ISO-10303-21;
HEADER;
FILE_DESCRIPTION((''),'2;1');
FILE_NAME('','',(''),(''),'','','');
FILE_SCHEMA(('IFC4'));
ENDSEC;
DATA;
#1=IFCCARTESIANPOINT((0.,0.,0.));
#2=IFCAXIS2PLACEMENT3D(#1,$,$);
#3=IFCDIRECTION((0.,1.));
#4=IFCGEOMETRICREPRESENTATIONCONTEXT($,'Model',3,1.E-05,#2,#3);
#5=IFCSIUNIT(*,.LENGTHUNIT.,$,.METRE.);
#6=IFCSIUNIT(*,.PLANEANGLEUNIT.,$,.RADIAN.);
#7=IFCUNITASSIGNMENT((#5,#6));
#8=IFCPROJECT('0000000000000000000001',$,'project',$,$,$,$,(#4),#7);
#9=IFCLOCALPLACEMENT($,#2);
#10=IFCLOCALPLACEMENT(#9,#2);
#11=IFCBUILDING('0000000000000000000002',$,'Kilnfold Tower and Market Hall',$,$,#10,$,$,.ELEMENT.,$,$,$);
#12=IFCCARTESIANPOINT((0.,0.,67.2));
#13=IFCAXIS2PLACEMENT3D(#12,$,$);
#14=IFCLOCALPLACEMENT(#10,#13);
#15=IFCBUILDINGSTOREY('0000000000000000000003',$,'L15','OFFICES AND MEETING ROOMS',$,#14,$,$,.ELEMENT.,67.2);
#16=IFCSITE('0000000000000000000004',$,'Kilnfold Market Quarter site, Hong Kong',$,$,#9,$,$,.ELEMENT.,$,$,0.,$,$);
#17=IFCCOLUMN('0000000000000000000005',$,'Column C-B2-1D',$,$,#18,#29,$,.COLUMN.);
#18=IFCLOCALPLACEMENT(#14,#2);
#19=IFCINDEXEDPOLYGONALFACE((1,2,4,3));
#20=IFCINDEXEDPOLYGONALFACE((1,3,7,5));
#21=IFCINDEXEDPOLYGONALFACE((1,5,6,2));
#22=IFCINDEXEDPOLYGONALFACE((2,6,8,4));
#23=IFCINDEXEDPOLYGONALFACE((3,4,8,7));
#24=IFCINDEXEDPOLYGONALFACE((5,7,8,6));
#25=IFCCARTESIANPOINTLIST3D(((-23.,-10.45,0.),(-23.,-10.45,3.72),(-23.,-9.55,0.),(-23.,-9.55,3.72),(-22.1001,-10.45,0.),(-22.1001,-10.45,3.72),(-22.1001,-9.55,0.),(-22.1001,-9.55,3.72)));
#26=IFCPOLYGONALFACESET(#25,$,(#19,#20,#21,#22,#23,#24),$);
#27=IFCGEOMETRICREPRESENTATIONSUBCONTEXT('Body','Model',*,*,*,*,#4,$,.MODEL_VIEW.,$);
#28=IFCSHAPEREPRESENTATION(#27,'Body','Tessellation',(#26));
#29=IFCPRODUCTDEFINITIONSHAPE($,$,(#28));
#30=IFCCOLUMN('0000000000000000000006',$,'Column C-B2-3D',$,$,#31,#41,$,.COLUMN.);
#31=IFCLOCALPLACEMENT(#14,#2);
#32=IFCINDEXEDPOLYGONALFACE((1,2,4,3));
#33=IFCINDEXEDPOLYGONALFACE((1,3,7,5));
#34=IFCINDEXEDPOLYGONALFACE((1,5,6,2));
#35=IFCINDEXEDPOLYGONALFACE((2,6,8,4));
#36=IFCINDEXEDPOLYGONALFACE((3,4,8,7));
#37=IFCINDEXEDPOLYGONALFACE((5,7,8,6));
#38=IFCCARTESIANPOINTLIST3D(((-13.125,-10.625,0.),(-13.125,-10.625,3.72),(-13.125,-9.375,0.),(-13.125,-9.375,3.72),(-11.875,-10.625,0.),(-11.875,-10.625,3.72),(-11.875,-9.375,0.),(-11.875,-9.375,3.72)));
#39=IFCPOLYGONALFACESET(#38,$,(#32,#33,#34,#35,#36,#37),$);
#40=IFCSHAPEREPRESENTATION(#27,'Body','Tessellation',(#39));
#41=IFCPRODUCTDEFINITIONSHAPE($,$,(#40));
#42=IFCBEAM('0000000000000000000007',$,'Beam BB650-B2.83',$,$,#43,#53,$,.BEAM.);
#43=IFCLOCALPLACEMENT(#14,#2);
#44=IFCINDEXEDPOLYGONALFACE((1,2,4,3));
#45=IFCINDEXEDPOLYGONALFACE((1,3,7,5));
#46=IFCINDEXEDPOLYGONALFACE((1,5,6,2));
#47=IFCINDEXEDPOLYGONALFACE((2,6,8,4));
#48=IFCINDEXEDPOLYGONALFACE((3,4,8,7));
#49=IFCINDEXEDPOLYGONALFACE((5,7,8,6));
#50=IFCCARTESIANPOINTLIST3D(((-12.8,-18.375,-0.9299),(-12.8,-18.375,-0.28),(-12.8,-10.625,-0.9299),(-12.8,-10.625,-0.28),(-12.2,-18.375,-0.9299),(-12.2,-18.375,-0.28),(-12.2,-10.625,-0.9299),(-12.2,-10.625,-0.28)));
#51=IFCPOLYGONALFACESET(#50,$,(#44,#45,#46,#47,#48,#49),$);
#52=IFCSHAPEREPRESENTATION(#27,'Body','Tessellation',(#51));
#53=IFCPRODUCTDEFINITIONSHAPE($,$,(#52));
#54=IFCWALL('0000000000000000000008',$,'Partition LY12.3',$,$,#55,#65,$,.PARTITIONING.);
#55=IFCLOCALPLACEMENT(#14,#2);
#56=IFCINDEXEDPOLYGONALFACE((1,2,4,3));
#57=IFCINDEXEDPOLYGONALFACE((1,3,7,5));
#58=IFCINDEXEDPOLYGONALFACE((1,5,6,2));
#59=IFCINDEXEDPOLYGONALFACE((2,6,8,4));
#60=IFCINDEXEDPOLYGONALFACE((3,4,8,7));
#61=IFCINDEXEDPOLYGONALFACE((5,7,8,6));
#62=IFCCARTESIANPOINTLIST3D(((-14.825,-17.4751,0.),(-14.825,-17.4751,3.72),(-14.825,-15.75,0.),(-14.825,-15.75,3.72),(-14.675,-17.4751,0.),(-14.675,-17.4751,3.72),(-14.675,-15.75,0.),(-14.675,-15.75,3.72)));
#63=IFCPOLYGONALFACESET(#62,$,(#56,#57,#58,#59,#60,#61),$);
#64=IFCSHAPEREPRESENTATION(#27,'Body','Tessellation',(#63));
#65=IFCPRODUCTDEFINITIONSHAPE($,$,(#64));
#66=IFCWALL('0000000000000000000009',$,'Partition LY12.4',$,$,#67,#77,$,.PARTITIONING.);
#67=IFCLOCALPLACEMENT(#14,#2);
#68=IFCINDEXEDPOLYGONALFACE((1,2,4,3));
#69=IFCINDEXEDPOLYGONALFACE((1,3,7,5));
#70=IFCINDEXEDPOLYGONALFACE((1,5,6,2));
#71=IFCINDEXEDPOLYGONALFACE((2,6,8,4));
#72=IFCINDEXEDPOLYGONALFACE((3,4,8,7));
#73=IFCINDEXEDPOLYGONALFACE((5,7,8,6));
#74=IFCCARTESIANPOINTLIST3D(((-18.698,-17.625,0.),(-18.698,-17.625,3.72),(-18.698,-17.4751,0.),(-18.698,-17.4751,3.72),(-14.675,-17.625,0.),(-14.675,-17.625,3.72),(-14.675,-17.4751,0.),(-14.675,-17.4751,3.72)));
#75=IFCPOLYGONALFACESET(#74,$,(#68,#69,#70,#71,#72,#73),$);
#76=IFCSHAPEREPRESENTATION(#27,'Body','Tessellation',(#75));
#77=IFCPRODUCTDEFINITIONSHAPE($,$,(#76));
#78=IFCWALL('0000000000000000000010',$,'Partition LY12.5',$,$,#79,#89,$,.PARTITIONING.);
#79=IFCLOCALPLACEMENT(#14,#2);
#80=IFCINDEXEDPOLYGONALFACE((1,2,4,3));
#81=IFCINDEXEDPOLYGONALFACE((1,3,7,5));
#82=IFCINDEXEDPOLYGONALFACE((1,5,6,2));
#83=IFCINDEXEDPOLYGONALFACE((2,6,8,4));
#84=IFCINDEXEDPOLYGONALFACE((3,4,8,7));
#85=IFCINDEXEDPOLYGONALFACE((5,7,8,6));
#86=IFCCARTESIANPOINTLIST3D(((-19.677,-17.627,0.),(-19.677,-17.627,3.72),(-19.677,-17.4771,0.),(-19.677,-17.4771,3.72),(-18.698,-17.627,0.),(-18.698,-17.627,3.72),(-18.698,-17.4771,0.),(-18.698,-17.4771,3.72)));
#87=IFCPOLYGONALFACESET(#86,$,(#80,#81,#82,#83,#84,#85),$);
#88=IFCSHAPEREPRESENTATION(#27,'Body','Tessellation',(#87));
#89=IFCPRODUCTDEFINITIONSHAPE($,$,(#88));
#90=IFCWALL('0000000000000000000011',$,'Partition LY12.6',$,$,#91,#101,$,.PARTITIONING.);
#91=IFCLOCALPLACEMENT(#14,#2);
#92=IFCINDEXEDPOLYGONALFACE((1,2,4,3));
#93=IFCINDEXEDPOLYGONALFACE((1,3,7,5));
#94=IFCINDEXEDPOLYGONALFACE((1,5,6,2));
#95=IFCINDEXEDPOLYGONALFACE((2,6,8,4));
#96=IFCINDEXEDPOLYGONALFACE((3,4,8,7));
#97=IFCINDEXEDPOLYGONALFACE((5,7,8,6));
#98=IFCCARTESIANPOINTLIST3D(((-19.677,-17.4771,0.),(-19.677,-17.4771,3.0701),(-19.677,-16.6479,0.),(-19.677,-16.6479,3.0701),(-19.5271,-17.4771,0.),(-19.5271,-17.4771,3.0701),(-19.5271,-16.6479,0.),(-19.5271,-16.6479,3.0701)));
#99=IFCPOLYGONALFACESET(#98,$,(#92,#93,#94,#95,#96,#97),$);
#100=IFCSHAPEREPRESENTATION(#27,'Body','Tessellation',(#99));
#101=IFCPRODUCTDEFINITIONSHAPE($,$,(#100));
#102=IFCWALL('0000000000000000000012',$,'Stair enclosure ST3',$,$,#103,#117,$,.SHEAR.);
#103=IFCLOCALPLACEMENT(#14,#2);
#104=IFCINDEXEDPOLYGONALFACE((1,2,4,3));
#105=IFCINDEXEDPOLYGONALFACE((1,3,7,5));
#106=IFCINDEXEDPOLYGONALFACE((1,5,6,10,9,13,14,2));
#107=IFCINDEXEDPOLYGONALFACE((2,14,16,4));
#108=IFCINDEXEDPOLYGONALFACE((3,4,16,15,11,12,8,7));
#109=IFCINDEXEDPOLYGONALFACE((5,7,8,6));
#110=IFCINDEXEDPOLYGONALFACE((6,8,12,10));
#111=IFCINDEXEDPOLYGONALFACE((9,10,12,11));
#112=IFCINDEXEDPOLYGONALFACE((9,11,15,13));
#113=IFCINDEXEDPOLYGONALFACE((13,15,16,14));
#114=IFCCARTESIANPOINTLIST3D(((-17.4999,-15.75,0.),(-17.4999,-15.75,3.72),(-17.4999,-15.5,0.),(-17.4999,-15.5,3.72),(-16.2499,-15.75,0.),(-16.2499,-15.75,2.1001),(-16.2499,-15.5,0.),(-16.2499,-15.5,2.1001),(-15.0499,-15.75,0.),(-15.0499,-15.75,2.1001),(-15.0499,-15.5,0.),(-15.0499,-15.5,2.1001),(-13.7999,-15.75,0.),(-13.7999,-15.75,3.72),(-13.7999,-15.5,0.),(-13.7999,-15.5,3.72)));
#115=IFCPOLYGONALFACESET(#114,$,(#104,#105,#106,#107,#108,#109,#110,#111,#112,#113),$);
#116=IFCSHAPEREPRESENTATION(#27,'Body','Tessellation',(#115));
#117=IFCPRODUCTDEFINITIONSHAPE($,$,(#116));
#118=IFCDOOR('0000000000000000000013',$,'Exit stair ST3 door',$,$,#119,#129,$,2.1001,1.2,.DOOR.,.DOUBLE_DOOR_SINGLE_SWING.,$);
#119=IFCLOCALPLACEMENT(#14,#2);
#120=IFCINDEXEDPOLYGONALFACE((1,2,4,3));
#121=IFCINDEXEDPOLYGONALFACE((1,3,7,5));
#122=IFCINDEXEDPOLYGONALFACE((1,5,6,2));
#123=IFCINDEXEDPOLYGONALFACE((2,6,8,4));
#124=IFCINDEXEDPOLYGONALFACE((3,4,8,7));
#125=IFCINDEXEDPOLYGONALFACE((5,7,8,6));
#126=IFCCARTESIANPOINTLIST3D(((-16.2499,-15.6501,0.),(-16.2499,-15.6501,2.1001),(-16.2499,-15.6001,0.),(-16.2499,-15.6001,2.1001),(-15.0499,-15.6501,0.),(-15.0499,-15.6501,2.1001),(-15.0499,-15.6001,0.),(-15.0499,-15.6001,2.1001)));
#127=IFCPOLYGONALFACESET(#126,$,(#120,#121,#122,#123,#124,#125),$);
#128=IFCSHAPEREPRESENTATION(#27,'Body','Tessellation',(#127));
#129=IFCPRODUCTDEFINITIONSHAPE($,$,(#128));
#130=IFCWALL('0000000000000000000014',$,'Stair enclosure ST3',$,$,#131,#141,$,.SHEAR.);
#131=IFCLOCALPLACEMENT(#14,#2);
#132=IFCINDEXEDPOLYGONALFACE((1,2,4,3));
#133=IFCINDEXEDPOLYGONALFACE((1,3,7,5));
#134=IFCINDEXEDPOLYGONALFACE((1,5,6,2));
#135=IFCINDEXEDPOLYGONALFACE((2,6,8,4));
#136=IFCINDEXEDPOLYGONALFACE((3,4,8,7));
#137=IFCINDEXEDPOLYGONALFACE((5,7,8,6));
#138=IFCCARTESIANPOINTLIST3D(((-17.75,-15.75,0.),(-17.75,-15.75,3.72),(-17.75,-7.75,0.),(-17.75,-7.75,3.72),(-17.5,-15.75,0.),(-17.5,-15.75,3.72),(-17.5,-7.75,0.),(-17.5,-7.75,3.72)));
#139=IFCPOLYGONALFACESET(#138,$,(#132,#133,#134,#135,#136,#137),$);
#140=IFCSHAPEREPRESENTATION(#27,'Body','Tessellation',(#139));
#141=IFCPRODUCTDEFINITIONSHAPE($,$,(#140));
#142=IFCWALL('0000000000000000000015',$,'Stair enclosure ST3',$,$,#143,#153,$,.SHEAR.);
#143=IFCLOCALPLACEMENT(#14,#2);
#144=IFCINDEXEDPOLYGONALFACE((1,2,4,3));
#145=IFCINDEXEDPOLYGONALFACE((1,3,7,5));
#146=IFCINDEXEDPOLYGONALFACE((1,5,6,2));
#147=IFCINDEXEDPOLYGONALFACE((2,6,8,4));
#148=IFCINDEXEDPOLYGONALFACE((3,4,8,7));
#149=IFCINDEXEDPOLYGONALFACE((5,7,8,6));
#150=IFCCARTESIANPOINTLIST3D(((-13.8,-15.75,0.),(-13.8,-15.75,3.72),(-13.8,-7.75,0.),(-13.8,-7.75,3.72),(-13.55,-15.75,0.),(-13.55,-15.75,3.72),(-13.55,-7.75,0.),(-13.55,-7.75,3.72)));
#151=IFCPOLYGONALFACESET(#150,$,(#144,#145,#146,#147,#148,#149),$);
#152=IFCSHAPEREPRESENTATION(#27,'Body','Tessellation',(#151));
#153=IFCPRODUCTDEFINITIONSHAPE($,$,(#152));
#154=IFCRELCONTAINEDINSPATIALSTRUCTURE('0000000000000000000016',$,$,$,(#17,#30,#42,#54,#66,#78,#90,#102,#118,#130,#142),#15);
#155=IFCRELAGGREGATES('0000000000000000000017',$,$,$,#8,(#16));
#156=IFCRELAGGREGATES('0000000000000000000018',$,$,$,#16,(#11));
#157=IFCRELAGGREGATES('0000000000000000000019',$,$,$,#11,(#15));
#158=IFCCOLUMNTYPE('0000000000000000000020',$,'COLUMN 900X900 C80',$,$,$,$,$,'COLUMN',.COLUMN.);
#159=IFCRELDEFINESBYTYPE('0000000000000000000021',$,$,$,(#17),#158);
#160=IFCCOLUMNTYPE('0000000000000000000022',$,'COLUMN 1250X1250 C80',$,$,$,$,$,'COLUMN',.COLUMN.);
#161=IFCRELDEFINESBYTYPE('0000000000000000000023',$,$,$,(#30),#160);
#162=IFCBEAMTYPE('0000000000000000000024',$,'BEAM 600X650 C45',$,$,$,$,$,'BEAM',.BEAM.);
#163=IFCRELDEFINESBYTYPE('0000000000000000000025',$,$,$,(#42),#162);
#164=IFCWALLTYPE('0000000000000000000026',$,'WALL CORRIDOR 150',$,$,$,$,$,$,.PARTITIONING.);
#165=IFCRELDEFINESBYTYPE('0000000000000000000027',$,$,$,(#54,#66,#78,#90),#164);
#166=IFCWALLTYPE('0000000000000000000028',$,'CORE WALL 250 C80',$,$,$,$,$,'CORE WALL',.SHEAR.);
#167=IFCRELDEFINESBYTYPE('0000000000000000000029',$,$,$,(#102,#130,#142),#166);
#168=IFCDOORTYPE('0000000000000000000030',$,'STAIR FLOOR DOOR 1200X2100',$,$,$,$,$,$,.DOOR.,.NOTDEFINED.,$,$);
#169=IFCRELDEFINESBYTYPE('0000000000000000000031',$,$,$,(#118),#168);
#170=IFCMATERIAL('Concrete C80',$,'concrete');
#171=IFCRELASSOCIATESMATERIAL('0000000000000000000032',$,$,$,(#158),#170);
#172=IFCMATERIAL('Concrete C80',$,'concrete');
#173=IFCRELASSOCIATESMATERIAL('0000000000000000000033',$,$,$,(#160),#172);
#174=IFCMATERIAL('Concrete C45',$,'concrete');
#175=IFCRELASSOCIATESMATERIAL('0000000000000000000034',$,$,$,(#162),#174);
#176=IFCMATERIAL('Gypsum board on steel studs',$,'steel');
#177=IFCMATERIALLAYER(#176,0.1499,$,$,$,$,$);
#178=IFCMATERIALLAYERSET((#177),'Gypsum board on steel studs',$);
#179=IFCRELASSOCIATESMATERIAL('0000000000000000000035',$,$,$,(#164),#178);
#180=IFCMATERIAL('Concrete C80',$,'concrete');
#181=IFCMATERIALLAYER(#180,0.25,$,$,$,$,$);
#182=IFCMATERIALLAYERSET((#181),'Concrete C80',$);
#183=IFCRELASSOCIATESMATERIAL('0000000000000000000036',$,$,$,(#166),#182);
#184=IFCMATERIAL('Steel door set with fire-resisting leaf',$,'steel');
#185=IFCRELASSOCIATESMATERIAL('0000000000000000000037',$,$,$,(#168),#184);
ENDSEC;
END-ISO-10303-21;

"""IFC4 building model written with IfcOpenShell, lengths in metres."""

from ifc_helpers import new_model, si_unit, direction, frame, frame_2d, origin, origin_2d, place, context, subcontext, project, spatial, rectangle, extrude, source, transform, mapped, material, layer, layer_set, material_profile, profile_set, type_object, element, fill, save


model = new_model("IFC4")

# Units and contexts
model_context = context("Model", 3, precision=1e-05, world=origin(), true_north=direction((0.0, 1.0)))
body_context = subcontext(model_context, "Body", "Model", "MODEL_VIEW")
ifc_project = project(units=[si_unit("LENGTHUNIT", "METRE"), si_unit("PLANEANGLEUNIT", "RADIAN")], contexts=[model_context])

# Site, building, storey
site_placement = place(None, origin())
site = spatial("IfcSite", under=ifc_project, at=site_placement, Name="Kilnfold Market Quarter site, Hong Kong", CompositionType="ELEMENT", RefElevation=0.0)
building_placement = place(site_placement, origin())
building = spatial("IfcBuilding", under=site, at=building_placement, Name="Kilnfold Tower and Market Hall", CompositionType="ELEMENT")
storey_placement = place(building_placement, frame((0.0, 0.0, 67.2)))
storey = spatial("IfcBuildingStorey", under=building, at=storey_placement, Name="L15", Description="OFFICES AND MEETING ROOMS", CompositionType="ELEMENT", Elevation=67.2)

# Columns
ifc_material_1 = material(Name="Concrete C80", Category="concrete")
ifc_material_profile_1 = material_profile(ifc_material_1, rectangle(XDim=0.8999, YDim=0.8999, at=origin_2d()), Name="RC 900x900")
ifc_profile_set_1 = profile_set([ifc_material_profile_1], Name="Concrete C80")
column_type_1 = type_object("IfcColumnType", Name="COLUMN 900X900 C80", ElementType="COLUMN", PredefinedType="COLUMN", material=ifc_profile_set_1)
shared_shape_1 = source(origin(), body_context, "Body", "SweptSolid", [
    extrude(rectangle(XDim=0.8999, YDim=0.8999, at=origin_2d()), origin(), (0.0, 0.0, 1.0), 3.72),
])
column_1_placement = place(storey_placement, frame((-22.55, -10.0, 0.0), z_axis=(0.0, 0.0, 1.0), x_axis=(1.0, 0.0, 0.0)))
element("IfcColumn", 1, at=column_1_placement, inside=storey, type_object=column_type_1, Name="Column C-B2-1D", PredefinedType="COLUMN", context=body_context, shape_type="MappedRepresentation", body=[
    mapped(shared_shape_1, transform((0.0, 0.0, 0.0))),
])
ifc_material_2 = material(Name="Concrete C80", Category="concrete")
ifc_material_profile_2 = material_profile(ifc_material_2, rectangle(XDim=1.25, YDim=1.25, at=origin_2d()), Name="RC 1250x1250")
ifc_profile_set_2 = profile_set([ifc_material_profile_2], Name="Concrete C80")
column_type_2 = type_object("IfcColumnType", Name="COLUMN 1250X1250 C80", ElementType="COLUMN", PredefinedType="COLUMN", material=ifc_profile_set_2)
shared_shape_2 = source(origin(), body_context, "Body", "SweptSolid", [
    extrude(rectangle(XDim=1.25, YDim=1.25, at=origin_2d()), origin(), (0.0, 0.0, 1.0), 3.72),
])
column_2_placement = place(storey_placement, frame((-12.5, -10.0, 0.0), z_axis=(0.0, 0.0, 1.0), x_axis=(1.0, 0.0, 0.0)))
element("IfcColumn", 2, at=column_2_placement, inside=storey, type_object=column_type_2, Name="Column C-B2-3D", PredefinedType="COLUMN", context=body_context, shape_type="MappedRepresentation", body=[
    mapped(shared_shape_2, transform((0.0, 0.0, 0.0))),
])

# Beam
ifc_material_3 = material(Name="Concrete C45", Category="concrete")
ifc_material_profile_3 = material_profile(ifc_material_3, rectangle(XDim=0.6001, YDim=0.6499, at=origin_2d()), Name="RC 600x650")
ifc_profile_set_3 = profile_set([ifc_material_profile_3], Name="Concrete C45")
beam_type = type_object("IfcBeamType", Name="BEAM 600X650 C45", ElementType="BEAM", PredefinedType="BEAM", material=ifc_profile_set_3)
shared_shape_3 = source(origin(), body_context, "Body", "SweptSolid", [
    extrude(rectangle(XDim=0.6001, YDim=0.6499, at=origin_2d()), origin(), (0.0, 0.0, 1.0), 7.75),
])
beam_placement = place(storey_placement, frame((-12.5, -18.375, -0.605), z_axis=(0.0, 1.0, 0.0), x_axis=(-1.0, 0.0, 0.0)))
element("IfcBeam", 3, at=beam_placement, inside=storey, type_object=beam_type, Name="Beam BB650-B2.83", PredefinedType="BEAM", context=body_context, shape_type="MappedRepresentation", body=[
    mapped(shared_shape_3, transform((0.0, 0.0, 0.0))),
])

# Walls
ifc_material_4 = material(Name="Gypsum board on steel studs", Category="steel")
ifc_layer_1 = layer(ifc_material_4, 0.1499)
ifc_layer_set_1 = layer_set([ifc_layer_1], Name="Gypsum board on steel studs")
wall_type_1 = type_object("IfcWallType", Name="WALL CORRIDOR 150", PredefinedType="PARTITIONING", material=ifc_layer_set_1)
wall_1_placement = place(storey_placement, frame((-14.75, -17.4751, 0.0), z_axis=(0.0, 0.0, 1.0), x_axis=(0.0, 1.0, 0.0)))
element("IfcWall", 4, at=wall_1_placement, inside=storey, type_object=wall_type_1, Name="Partition LY12.3", PredefinedType="PARTITIONING", context=body_context, shape_type="SweptSolid", body=[
    extrude(rectangle(XDim=1.7251, YDim=0.1499, at=frame_2d((0.8625, 0.0))), origin(), (0.0, 0.0, 1.0), 3.72),
])
wall_2_placement = place(storey_placement, frame((-18.698, -17.55, 0.0), z_axis=(0.0, 0.0, 1.0), x_axis=(1.0, 0.0, 0.0)))
element("IfcWall", 5, at=wall_2_placement, inside=storey, type_object=wall_type_1, Name="Partition LY12.4", PredefinedType="PARTITIONING", context=body_context, shape_type="SweptSolid", body=[
    extrude(rectangle(XDim=4.0229, YDim=0.1499, at=frame_2d((2.0115, 0.0))), origin(), (0.0, 0.0, 1.0), 3.72),
])
wall_3_placement = place(storey_placement, frame((-19.677, -17.552, 0.0), z_axis=(0.0, 0.0, 1.0), x_axis=(1.0, 0.0, 0.0)))
element("IfcWall", 6, at=wall_3_placement, inside=storey, type_object=wall_type_1, Name="Partition LY12.5", PredefinedType="PARTITIONING", context=body_context, shape_type="SweptSolid", body=[
    extrude(rectangle(XDim=0.979, YDim=0.1499, at=frame_2d((0.4895, 0.0))), origin(), (0.0, 0.0, 1.0), 3.72),
])
wall_4_placement = place(storey_placement, frame((-19.6021, -17.4771, 0.0), z_axis=(0.0, 0.0, 1.0), x_axis=(0.0, 1.0, 0.0)))
element("IfcWall", 7, at=wall_4_placement, inside=storey, type_object=wall_type_1, Name="Partition LY12.6", PredefinedType="PARTITIONING", context=body_context, shape_type="SweptSolid", body=[
    extrude(rectangle(XDim=0.8291, YDim=0.1499, at=frame_2d((0.4146, 0.0))), origin(), (0.0, 0.0, 1.0), 3.0701),
])

# Wall, opening, door
ifc_material_5 = material(Name="Concrete C80", Category="concrete")
ifc_layer_2 = layer(ifc_material_5, 0.25)
ifc_layer_set_2 = layer_set([ifc_layer_2], Name="Concrete C80")
wall_type_2 = type_object("IfcWallType", Name="CORE WALL 250 C80", ElementType="CORE WALL", PredefinedType="SHEAR", material=ifc_layer_set_2)
shared_shape_4 = source(origin(), body_context, "Body", "SweptSolid", [
    extrude(rectangle(XDim=3.7, YDim=0.25, at=frame_2d((1.8501, 0.0))), origin(), (0.0, 0.0, 1.0), 3.72),
])
wall_5_placement = place(storey_placement, frame((-17.5, -15.625, 0.0), z_axis=(0.0, 0.0, 1.0), x_axis=(1.0, 0.0, 0.0)))
wall_5 = element("IfcWall", 8, at=wall_5_placement, inside=storey, type_object=wall_type_2, Name="Stair enclosure ST3", PredefinedType="SHEAR", context=body_context, shape_type="MappedRepresentation", body=[
    mapped(shared_shape_4, transform((0.0, 0.0, 0.0))),
])
opening_1_placement = place(wall_5_placement, frame((1.25, 0.0, 0.0)))
opening_1 = element("IfcOpeningElement", 9, at=opening_1_placement, cuts=wall_5, PredefinedType="OPENING", context=body_context, shape_type="SweptSolid", body=[
    extrude(rectangle(XDim=1.2, YDim=2.1001, at=frame_2d((0.6001, 1.05))), frame((0.0, 0.135, 0.0), z_axis=(0.0, -1.0, 0.0), x_axis=(1.0, 0.0, 0.0)), (0.0, 0.0, 1.0), 0.27),
])
ifc_material_6 = material(Name="Steel door set with fire-resisting leaf", Category="steel")
door_type = type_object("IfcDoorType", Name="STAIR FLOOR DOOR 1200X2100", OperationType="NOTDEFINED", PredefinedType="DOOR", material=ifc_material_6)
door_placement = place(opening_1_placement, origin())
door = element("IfcDoor", 10, at=door_placement, inside=storey, type_object=door_type, Name="Exit stair ST3 door", OperationType="DOUBLE_DOOR_SINGLE_SWING", OverallHeight=2.1001, OverallWidth=1.2, PredefinedType="DOOR", context=body_context, shape_type="SweptSolid", body=[
    extrude(rectangle(XDim=1.2, YDim=2.1001, at=frame_2d((0.6001, 1.05))), frame((0.0, 0.0249, 0.0), z_axis=(0.0, -1.0, 0.0), x_axis=(1.0, 0.0, 0.0)), (0.0, 0.0, 1.0), 0.05),
])
fill(opening_1, door)

# Walls
shared_shape_5 = source(origin(), body_context, "Body", "SweptSolid", [
    extrude(rectangle(XDim=8.0, YDim=0.25, at=frame_2d((4.0, 0.0))), origin(), (0.0, 0.0, 1.0), 3.72),
])
for number, where, z_axis, x_axis, name in (
    (11, (-17.625, -15.75, 0.0), (0.0, 0.0, 1.0), (0.0, 1.0, 0.0), "Stair enclosure ST3"),
    (12, (-13.675, -15.75, 0.0), (0.0, 0.0, 1.0), (0.0, 1.0, 0.0), "Stair enclosure ST3"),
):
    element("IfcWall", number, at=place(storey_placement, frame(where, z_axis=z_axis, x_axis=x_axis)), inside=storey, type_object=wall_type_2, Name=name, PredefinedType="SHEAR", context=body_context, shape_type="MappedRepresentation", body=[
        mapped(shared_shape_5, transform((0.0, 0.0, 0.0))),
    ])

save(model, "model.ifc")
